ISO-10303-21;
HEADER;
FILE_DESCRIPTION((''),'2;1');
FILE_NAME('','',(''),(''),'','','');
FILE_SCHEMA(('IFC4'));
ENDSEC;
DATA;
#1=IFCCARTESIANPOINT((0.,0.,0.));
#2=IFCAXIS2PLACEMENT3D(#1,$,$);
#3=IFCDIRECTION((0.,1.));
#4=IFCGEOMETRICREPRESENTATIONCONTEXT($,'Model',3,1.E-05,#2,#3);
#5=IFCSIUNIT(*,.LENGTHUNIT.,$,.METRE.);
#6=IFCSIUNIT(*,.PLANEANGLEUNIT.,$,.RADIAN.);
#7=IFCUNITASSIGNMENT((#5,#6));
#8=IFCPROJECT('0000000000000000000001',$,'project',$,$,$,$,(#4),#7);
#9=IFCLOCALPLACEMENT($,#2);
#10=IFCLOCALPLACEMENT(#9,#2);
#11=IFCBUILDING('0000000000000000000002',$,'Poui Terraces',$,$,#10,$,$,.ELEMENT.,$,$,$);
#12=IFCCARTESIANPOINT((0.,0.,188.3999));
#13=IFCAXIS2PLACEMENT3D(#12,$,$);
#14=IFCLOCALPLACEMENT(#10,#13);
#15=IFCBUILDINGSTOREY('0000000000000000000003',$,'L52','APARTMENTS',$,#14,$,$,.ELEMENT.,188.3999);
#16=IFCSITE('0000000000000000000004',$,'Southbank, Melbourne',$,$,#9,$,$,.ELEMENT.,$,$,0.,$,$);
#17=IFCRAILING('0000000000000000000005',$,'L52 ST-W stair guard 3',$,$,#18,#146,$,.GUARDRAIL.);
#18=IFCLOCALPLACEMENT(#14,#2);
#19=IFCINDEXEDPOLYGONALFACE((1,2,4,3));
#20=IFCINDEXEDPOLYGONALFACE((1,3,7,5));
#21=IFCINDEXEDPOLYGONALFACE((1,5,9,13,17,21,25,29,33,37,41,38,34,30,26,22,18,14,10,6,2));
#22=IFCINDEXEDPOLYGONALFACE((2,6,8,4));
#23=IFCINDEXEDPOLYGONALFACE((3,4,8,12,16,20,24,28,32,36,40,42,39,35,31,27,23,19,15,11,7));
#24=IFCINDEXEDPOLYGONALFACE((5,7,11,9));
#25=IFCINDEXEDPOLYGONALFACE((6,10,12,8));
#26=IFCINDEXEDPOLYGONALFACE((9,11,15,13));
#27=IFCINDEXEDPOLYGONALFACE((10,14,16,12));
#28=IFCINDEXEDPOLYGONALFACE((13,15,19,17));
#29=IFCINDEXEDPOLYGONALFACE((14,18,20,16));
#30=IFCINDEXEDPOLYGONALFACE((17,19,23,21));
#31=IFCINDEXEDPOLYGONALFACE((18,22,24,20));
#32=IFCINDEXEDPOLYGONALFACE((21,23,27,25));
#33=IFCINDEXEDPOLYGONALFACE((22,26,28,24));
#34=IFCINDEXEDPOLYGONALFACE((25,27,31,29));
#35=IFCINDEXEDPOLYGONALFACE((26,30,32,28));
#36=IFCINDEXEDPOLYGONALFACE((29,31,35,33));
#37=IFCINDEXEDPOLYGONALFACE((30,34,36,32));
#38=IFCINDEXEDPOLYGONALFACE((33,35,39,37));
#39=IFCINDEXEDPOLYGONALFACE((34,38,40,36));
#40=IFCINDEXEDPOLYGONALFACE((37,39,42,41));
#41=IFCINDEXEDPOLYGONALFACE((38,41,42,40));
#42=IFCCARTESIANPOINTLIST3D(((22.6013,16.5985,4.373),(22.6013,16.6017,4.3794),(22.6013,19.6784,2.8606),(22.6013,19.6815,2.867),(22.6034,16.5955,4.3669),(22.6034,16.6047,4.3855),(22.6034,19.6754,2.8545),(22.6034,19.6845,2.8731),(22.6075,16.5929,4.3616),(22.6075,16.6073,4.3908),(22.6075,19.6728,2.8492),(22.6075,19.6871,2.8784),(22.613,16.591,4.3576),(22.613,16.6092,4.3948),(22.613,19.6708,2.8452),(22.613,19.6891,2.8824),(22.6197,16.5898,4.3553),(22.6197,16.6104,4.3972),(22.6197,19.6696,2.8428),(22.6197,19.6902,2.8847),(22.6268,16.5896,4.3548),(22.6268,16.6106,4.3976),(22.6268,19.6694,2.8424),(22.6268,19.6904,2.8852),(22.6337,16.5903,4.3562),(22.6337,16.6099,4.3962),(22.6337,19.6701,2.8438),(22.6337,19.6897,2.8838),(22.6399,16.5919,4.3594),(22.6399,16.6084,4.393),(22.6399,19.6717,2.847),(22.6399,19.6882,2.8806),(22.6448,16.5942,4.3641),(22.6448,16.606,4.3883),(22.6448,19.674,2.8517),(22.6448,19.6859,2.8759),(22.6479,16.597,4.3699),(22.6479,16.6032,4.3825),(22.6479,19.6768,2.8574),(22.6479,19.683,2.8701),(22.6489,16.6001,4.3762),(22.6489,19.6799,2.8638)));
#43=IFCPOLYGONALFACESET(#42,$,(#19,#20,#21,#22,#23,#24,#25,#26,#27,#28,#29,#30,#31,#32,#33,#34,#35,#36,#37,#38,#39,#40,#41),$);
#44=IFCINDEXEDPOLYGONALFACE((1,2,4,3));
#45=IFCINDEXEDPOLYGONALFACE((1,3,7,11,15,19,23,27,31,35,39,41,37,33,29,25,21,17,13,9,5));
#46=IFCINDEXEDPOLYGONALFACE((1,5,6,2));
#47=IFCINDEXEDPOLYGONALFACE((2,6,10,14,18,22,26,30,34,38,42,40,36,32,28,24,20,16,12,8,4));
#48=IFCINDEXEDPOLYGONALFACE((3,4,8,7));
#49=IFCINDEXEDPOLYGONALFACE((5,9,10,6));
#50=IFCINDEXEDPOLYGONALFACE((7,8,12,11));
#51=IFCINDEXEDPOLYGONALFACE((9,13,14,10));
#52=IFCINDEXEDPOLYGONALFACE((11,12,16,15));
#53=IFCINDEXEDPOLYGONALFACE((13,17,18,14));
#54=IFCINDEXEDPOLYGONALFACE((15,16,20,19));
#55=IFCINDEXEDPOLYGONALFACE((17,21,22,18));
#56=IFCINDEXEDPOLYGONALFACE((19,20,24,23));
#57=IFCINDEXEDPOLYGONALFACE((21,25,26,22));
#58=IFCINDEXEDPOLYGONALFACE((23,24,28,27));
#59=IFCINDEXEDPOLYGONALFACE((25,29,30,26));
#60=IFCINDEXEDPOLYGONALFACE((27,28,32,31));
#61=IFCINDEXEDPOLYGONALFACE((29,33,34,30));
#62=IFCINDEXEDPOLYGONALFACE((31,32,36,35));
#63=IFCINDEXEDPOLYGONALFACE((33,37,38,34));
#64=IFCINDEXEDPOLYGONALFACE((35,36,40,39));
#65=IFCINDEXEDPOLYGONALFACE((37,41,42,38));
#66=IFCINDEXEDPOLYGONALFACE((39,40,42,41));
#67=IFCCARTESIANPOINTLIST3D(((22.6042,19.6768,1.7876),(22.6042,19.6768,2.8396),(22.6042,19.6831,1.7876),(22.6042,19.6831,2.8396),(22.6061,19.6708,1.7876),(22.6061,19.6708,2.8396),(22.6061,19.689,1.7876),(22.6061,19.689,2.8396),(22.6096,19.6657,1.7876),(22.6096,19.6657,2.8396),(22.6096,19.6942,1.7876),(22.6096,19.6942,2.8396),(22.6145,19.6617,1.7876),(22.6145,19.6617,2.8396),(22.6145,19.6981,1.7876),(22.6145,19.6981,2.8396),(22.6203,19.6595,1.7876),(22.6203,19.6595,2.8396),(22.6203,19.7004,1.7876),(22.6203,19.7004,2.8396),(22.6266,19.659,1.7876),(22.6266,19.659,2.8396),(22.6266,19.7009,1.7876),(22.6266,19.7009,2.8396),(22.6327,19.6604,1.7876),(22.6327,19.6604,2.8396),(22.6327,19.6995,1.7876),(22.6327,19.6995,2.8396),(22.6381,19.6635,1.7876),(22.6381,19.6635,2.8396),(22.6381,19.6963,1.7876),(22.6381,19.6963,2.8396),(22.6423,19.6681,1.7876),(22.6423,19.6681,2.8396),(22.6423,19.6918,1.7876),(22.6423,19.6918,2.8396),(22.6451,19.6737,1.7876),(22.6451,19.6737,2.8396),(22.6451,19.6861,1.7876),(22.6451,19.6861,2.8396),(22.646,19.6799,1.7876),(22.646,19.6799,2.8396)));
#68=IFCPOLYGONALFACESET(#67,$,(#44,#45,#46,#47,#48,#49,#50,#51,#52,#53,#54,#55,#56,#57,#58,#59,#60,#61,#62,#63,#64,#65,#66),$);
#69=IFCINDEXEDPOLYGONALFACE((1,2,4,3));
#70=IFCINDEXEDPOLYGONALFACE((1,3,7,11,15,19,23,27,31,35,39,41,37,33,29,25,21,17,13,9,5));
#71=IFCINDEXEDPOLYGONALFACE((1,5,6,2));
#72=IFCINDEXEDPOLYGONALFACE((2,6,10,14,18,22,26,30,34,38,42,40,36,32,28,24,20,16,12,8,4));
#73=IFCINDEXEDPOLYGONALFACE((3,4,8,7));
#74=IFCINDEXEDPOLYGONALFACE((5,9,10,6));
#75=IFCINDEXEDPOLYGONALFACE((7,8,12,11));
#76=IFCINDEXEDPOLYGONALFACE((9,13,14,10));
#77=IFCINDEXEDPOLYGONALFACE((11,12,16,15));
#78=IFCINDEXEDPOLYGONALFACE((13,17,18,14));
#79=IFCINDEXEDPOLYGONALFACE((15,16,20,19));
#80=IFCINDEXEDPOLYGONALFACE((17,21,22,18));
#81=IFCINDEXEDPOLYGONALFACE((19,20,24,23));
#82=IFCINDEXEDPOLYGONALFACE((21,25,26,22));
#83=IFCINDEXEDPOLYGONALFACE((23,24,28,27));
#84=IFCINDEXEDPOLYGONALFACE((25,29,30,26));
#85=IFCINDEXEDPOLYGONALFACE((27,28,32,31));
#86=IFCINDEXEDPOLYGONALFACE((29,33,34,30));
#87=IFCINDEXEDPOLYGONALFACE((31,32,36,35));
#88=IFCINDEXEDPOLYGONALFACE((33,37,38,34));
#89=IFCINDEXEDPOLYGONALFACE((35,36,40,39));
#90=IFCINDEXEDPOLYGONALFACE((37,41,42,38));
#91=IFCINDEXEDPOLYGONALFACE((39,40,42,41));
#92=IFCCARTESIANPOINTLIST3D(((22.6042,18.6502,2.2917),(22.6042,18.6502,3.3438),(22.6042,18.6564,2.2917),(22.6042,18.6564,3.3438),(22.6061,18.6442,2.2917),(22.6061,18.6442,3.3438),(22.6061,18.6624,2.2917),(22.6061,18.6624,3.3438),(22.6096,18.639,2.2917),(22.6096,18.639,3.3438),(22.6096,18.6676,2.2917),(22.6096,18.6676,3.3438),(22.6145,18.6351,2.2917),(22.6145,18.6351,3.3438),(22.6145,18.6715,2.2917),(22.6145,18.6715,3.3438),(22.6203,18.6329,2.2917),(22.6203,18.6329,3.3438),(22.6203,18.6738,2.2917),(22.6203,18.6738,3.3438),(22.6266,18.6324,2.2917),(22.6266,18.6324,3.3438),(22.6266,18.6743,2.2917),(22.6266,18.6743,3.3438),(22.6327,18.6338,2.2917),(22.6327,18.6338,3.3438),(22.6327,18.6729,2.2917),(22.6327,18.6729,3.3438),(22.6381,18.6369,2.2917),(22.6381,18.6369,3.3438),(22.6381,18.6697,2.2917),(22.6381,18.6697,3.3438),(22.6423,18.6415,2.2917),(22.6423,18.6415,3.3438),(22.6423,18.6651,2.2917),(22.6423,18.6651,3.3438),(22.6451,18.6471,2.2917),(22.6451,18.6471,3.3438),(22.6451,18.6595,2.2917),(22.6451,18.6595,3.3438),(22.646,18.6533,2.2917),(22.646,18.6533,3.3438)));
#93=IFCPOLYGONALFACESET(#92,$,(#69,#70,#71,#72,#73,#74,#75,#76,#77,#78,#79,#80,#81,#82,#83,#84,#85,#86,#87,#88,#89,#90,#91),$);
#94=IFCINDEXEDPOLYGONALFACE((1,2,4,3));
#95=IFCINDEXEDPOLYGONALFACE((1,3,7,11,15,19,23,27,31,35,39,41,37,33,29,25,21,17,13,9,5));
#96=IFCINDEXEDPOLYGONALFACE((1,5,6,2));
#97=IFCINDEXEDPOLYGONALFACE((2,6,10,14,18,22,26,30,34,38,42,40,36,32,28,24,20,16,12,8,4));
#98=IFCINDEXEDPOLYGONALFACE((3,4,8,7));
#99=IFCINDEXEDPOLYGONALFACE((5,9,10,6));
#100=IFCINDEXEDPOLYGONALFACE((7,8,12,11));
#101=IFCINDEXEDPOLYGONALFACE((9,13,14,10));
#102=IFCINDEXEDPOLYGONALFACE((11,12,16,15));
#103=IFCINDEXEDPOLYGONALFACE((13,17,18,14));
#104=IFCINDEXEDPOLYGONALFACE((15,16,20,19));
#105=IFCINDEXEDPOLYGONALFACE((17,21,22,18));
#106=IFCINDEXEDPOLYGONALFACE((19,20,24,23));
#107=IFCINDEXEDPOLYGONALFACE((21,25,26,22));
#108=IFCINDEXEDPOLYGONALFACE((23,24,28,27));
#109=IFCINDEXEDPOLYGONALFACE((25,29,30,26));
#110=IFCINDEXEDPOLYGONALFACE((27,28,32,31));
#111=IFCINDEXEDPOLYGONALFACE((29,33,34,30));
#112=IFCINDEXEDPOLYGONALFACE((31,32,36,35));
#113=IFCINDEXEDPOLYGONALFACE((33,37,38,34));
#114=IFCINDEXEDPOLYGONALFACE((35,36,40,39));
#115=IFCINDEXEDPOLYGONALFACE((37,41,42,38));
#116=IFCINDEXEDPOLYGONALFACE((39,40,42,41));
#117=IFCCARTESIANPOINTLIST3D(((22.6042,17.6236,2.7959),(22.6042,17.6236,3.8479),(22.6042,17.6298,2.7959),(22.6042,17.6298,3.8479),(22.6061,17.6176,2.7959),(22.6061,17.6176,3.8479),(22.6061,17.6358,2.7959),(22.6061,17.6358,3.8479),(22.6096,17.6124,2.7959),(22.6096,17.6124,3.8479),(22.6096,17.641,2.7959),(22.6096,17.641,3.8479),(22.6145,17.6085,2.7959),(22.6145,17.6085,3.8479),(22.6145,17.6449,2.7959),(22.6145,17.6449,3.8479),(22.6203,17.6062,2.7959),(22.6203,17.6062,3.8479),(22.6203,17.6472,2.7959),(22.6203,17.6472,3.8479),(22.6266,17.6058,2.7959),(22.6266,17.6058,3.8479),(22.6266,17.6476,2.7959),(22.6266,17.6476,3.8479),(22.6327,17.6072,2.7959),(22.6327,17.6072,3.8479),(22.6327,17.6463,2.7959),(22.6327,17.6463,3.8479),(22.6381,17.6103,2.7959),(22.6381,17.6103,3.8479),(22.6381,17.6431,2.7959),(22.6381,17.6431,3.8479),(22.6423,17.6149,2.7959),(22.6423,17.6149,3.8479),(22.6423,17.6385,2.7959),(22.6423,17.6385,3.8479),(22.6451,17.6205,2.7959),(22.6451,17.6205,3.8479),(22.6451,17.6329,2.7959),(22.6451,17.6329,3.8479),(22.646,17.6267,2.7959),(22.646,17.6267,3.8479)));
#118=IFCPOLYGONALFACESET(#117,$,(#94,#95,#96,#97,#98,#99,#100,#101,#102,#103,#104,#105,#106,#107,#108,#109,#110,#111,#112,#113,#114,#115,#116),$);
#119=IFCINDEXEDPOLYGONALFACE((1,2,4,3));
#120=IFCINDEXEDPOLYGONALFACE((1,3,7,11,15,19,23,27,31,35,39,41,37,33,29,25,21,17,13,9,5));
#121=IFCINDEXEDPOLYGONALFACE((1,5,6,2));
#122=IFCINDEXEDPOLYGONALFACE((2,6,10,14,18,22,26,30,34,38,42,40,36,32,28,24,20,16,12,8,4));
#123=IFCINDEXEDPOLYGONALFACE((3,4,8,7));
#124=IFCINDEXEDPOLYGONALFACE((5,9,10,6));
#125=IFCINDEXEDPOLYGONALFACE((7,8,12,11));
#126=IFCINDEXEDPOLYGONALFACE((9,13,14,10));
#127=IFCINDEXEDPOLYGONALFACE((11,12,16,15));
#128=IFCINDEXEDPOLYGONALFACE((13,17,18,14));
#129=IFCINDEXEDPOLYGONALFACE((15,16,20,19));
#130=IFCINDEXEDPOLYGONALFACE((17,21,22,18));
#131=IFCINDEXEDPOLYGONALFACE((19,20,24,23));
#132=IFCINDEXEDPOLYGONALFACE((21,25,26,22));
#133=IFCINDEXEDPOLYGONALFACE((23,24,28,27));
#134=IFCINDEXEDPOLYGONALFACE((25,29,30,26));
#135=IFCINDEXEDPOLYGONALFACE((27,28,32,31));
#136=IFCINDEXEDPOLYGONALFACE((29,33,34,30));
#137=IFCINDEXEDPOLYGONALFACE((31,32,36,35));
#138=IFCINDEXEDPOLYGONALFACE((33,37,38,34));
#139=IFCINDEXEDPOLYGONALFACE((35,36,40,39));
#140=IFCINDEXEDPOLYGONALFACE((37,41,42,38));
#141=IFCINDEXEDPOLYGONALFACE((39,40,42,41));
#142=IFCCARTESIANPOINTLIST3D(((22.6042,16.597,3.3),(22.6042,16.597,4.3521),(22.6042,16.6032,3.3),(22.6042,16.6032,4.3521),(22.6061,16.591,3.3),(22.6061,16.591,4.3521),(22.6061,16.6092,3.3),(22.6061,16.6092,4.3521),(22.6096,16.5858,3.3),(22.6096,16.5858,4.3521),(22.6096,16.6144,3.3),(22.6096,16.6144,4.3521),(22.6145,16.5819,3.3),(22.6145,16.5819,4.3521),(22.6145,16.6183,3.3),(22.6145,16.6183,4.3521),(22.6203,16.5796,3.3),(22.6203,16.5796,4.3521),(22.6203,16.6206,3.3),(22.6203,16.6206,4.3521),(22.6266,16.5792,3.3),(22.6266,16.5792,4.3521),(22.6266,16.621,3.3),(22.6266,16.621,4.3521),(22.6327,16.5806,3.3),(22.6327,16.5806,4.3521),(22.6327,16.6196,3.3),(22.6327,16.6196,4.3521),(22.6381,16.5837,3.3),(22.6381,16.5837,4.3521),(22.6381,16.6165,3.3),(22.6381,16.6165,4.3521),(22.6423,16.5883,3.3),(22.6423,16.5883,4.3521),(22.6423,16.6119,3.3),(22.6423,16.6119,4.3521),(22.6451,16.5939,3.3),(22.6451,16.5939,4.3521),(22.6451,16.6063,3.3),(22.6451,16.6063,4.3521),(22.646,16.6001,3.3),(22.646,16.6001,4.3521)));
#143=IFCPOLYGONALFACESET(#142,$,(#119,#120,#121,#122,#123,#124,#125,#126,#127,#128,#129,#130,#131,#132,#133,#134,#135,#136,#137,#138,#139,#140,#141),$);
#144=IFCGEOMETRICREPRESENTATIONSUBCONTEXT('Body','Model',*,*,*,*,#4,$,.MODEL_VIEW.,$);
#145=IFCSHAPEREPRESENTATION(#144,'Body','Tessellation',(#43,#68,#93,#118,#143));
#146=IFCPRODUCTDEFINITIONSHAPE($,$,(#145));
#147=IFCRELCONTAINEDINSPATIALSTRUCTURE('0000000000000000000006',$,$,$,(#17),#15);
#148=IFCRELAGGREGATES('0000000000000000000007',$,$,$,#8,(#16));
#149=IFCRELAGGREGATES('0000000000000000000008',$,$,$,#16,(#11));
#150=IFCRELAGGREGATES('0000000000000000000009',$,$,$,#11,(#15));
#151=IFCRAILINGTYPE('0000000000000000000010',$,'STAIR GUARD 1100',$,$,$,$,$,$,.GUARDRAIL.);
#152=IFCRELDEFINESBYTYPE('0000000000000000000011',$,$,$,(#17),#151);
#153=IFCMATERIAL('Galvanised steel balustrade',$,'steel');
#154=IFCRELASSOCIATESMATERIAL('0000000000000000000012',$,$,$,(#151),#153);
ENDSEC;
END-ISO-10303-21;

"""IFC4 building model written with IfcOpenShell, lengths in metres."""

from ifc_helpers import new_model, si_unit, direction, frame, origin, origin_2d, place, context, subcontext, project, spatial, circle, extrude, material, type_object, element, save


model = new_model("IFC4")

# Units and contexts
model_context = context("Model", 3, precision=1e-05, world=origin(), true_north=direction((0.0, 1.0)))
body_context = subcontext(model_context, "Body", "Model", "MODEL_VIEW")
ifc_project = project(units=[si_unit("LENGTHUNIT", "METRE"), si_unit("PLANEANGLEUNIT", "RADIAN")], contexts=[model_context])

# Site, building, storey
site_placement = place(None, origin())
site = spatial("IfcSite", under=ifc_project, at=site_placement, Name="Southbank, Melbourne", CompositionType="ELEMENT", RefElevation=0.0)
building_placement = place(site_placement, origin())
building = spatial("IfcBuilding", under=site, at=building_placement, Name="Poui Terraces", CompositionType="ELEMENT")
storey_placement = place(building_placement, frame((0.0, 0.0, 188.3999)))
storey = spatial("IfcBuildingStorey", under=building, at=storey_placement, Name="L52", Description="APARTMENTS", CompositionType="ELEMENT", Elevation=188.3999)

# Railing
ifc_material_1 = material(Name="Galvanised steel balustrade", Category="steel")
railing_type_1 = type_object("IfcRailingType", Name="STAIR GUARD 1100", PredefinedType="GUARDRAIL", material=ifc_material_1)
railing_1_placement = place(storey_placement, frame((22.625, 19.6799, 1.7876)))
element("IfcRailing", 1, at=railing_1_placement, inside=storey, type_object=railing_type_1, Name="L52 ST-W stair guard 3", PredefinedType="GUARDRAIL", context=body_context, shape_type="SweptSolid", body=[
    extrude(circle(Radius=0.0239, at=origin_2d()), frame((0.0, 0.0, 1.0762), z_axis=(0.0, -0.897606, 0.440798), x_axis=(1.0, 0.0, 0.0)), (0.0, 0.0, 1.0), 3.4312),
    extrude(circle(Radius=0.021, at=origin_2d()), origin(), (0.0, 0.0, 1.0), 1.052),
    extrude(circle(Radius=0.021, at=origin_2d()), frame((0.0, -1.0266, 0.5042)), (0.0, 0.0, 1.0), 1.052),
    extrude(circle(Radius=0.021, at=origin_2d()), frame((0.0, -2.0532, 1.0083)), (0.0, 0.0, 1.0), 1.052),
    extrude(circle(Radius=0.021, at=origin_2d()), frame((0.0, -3.0798, 1.5125)), (0.0, 0.0, 1.0), 1.052),
])

save(model, "model.ifc")
